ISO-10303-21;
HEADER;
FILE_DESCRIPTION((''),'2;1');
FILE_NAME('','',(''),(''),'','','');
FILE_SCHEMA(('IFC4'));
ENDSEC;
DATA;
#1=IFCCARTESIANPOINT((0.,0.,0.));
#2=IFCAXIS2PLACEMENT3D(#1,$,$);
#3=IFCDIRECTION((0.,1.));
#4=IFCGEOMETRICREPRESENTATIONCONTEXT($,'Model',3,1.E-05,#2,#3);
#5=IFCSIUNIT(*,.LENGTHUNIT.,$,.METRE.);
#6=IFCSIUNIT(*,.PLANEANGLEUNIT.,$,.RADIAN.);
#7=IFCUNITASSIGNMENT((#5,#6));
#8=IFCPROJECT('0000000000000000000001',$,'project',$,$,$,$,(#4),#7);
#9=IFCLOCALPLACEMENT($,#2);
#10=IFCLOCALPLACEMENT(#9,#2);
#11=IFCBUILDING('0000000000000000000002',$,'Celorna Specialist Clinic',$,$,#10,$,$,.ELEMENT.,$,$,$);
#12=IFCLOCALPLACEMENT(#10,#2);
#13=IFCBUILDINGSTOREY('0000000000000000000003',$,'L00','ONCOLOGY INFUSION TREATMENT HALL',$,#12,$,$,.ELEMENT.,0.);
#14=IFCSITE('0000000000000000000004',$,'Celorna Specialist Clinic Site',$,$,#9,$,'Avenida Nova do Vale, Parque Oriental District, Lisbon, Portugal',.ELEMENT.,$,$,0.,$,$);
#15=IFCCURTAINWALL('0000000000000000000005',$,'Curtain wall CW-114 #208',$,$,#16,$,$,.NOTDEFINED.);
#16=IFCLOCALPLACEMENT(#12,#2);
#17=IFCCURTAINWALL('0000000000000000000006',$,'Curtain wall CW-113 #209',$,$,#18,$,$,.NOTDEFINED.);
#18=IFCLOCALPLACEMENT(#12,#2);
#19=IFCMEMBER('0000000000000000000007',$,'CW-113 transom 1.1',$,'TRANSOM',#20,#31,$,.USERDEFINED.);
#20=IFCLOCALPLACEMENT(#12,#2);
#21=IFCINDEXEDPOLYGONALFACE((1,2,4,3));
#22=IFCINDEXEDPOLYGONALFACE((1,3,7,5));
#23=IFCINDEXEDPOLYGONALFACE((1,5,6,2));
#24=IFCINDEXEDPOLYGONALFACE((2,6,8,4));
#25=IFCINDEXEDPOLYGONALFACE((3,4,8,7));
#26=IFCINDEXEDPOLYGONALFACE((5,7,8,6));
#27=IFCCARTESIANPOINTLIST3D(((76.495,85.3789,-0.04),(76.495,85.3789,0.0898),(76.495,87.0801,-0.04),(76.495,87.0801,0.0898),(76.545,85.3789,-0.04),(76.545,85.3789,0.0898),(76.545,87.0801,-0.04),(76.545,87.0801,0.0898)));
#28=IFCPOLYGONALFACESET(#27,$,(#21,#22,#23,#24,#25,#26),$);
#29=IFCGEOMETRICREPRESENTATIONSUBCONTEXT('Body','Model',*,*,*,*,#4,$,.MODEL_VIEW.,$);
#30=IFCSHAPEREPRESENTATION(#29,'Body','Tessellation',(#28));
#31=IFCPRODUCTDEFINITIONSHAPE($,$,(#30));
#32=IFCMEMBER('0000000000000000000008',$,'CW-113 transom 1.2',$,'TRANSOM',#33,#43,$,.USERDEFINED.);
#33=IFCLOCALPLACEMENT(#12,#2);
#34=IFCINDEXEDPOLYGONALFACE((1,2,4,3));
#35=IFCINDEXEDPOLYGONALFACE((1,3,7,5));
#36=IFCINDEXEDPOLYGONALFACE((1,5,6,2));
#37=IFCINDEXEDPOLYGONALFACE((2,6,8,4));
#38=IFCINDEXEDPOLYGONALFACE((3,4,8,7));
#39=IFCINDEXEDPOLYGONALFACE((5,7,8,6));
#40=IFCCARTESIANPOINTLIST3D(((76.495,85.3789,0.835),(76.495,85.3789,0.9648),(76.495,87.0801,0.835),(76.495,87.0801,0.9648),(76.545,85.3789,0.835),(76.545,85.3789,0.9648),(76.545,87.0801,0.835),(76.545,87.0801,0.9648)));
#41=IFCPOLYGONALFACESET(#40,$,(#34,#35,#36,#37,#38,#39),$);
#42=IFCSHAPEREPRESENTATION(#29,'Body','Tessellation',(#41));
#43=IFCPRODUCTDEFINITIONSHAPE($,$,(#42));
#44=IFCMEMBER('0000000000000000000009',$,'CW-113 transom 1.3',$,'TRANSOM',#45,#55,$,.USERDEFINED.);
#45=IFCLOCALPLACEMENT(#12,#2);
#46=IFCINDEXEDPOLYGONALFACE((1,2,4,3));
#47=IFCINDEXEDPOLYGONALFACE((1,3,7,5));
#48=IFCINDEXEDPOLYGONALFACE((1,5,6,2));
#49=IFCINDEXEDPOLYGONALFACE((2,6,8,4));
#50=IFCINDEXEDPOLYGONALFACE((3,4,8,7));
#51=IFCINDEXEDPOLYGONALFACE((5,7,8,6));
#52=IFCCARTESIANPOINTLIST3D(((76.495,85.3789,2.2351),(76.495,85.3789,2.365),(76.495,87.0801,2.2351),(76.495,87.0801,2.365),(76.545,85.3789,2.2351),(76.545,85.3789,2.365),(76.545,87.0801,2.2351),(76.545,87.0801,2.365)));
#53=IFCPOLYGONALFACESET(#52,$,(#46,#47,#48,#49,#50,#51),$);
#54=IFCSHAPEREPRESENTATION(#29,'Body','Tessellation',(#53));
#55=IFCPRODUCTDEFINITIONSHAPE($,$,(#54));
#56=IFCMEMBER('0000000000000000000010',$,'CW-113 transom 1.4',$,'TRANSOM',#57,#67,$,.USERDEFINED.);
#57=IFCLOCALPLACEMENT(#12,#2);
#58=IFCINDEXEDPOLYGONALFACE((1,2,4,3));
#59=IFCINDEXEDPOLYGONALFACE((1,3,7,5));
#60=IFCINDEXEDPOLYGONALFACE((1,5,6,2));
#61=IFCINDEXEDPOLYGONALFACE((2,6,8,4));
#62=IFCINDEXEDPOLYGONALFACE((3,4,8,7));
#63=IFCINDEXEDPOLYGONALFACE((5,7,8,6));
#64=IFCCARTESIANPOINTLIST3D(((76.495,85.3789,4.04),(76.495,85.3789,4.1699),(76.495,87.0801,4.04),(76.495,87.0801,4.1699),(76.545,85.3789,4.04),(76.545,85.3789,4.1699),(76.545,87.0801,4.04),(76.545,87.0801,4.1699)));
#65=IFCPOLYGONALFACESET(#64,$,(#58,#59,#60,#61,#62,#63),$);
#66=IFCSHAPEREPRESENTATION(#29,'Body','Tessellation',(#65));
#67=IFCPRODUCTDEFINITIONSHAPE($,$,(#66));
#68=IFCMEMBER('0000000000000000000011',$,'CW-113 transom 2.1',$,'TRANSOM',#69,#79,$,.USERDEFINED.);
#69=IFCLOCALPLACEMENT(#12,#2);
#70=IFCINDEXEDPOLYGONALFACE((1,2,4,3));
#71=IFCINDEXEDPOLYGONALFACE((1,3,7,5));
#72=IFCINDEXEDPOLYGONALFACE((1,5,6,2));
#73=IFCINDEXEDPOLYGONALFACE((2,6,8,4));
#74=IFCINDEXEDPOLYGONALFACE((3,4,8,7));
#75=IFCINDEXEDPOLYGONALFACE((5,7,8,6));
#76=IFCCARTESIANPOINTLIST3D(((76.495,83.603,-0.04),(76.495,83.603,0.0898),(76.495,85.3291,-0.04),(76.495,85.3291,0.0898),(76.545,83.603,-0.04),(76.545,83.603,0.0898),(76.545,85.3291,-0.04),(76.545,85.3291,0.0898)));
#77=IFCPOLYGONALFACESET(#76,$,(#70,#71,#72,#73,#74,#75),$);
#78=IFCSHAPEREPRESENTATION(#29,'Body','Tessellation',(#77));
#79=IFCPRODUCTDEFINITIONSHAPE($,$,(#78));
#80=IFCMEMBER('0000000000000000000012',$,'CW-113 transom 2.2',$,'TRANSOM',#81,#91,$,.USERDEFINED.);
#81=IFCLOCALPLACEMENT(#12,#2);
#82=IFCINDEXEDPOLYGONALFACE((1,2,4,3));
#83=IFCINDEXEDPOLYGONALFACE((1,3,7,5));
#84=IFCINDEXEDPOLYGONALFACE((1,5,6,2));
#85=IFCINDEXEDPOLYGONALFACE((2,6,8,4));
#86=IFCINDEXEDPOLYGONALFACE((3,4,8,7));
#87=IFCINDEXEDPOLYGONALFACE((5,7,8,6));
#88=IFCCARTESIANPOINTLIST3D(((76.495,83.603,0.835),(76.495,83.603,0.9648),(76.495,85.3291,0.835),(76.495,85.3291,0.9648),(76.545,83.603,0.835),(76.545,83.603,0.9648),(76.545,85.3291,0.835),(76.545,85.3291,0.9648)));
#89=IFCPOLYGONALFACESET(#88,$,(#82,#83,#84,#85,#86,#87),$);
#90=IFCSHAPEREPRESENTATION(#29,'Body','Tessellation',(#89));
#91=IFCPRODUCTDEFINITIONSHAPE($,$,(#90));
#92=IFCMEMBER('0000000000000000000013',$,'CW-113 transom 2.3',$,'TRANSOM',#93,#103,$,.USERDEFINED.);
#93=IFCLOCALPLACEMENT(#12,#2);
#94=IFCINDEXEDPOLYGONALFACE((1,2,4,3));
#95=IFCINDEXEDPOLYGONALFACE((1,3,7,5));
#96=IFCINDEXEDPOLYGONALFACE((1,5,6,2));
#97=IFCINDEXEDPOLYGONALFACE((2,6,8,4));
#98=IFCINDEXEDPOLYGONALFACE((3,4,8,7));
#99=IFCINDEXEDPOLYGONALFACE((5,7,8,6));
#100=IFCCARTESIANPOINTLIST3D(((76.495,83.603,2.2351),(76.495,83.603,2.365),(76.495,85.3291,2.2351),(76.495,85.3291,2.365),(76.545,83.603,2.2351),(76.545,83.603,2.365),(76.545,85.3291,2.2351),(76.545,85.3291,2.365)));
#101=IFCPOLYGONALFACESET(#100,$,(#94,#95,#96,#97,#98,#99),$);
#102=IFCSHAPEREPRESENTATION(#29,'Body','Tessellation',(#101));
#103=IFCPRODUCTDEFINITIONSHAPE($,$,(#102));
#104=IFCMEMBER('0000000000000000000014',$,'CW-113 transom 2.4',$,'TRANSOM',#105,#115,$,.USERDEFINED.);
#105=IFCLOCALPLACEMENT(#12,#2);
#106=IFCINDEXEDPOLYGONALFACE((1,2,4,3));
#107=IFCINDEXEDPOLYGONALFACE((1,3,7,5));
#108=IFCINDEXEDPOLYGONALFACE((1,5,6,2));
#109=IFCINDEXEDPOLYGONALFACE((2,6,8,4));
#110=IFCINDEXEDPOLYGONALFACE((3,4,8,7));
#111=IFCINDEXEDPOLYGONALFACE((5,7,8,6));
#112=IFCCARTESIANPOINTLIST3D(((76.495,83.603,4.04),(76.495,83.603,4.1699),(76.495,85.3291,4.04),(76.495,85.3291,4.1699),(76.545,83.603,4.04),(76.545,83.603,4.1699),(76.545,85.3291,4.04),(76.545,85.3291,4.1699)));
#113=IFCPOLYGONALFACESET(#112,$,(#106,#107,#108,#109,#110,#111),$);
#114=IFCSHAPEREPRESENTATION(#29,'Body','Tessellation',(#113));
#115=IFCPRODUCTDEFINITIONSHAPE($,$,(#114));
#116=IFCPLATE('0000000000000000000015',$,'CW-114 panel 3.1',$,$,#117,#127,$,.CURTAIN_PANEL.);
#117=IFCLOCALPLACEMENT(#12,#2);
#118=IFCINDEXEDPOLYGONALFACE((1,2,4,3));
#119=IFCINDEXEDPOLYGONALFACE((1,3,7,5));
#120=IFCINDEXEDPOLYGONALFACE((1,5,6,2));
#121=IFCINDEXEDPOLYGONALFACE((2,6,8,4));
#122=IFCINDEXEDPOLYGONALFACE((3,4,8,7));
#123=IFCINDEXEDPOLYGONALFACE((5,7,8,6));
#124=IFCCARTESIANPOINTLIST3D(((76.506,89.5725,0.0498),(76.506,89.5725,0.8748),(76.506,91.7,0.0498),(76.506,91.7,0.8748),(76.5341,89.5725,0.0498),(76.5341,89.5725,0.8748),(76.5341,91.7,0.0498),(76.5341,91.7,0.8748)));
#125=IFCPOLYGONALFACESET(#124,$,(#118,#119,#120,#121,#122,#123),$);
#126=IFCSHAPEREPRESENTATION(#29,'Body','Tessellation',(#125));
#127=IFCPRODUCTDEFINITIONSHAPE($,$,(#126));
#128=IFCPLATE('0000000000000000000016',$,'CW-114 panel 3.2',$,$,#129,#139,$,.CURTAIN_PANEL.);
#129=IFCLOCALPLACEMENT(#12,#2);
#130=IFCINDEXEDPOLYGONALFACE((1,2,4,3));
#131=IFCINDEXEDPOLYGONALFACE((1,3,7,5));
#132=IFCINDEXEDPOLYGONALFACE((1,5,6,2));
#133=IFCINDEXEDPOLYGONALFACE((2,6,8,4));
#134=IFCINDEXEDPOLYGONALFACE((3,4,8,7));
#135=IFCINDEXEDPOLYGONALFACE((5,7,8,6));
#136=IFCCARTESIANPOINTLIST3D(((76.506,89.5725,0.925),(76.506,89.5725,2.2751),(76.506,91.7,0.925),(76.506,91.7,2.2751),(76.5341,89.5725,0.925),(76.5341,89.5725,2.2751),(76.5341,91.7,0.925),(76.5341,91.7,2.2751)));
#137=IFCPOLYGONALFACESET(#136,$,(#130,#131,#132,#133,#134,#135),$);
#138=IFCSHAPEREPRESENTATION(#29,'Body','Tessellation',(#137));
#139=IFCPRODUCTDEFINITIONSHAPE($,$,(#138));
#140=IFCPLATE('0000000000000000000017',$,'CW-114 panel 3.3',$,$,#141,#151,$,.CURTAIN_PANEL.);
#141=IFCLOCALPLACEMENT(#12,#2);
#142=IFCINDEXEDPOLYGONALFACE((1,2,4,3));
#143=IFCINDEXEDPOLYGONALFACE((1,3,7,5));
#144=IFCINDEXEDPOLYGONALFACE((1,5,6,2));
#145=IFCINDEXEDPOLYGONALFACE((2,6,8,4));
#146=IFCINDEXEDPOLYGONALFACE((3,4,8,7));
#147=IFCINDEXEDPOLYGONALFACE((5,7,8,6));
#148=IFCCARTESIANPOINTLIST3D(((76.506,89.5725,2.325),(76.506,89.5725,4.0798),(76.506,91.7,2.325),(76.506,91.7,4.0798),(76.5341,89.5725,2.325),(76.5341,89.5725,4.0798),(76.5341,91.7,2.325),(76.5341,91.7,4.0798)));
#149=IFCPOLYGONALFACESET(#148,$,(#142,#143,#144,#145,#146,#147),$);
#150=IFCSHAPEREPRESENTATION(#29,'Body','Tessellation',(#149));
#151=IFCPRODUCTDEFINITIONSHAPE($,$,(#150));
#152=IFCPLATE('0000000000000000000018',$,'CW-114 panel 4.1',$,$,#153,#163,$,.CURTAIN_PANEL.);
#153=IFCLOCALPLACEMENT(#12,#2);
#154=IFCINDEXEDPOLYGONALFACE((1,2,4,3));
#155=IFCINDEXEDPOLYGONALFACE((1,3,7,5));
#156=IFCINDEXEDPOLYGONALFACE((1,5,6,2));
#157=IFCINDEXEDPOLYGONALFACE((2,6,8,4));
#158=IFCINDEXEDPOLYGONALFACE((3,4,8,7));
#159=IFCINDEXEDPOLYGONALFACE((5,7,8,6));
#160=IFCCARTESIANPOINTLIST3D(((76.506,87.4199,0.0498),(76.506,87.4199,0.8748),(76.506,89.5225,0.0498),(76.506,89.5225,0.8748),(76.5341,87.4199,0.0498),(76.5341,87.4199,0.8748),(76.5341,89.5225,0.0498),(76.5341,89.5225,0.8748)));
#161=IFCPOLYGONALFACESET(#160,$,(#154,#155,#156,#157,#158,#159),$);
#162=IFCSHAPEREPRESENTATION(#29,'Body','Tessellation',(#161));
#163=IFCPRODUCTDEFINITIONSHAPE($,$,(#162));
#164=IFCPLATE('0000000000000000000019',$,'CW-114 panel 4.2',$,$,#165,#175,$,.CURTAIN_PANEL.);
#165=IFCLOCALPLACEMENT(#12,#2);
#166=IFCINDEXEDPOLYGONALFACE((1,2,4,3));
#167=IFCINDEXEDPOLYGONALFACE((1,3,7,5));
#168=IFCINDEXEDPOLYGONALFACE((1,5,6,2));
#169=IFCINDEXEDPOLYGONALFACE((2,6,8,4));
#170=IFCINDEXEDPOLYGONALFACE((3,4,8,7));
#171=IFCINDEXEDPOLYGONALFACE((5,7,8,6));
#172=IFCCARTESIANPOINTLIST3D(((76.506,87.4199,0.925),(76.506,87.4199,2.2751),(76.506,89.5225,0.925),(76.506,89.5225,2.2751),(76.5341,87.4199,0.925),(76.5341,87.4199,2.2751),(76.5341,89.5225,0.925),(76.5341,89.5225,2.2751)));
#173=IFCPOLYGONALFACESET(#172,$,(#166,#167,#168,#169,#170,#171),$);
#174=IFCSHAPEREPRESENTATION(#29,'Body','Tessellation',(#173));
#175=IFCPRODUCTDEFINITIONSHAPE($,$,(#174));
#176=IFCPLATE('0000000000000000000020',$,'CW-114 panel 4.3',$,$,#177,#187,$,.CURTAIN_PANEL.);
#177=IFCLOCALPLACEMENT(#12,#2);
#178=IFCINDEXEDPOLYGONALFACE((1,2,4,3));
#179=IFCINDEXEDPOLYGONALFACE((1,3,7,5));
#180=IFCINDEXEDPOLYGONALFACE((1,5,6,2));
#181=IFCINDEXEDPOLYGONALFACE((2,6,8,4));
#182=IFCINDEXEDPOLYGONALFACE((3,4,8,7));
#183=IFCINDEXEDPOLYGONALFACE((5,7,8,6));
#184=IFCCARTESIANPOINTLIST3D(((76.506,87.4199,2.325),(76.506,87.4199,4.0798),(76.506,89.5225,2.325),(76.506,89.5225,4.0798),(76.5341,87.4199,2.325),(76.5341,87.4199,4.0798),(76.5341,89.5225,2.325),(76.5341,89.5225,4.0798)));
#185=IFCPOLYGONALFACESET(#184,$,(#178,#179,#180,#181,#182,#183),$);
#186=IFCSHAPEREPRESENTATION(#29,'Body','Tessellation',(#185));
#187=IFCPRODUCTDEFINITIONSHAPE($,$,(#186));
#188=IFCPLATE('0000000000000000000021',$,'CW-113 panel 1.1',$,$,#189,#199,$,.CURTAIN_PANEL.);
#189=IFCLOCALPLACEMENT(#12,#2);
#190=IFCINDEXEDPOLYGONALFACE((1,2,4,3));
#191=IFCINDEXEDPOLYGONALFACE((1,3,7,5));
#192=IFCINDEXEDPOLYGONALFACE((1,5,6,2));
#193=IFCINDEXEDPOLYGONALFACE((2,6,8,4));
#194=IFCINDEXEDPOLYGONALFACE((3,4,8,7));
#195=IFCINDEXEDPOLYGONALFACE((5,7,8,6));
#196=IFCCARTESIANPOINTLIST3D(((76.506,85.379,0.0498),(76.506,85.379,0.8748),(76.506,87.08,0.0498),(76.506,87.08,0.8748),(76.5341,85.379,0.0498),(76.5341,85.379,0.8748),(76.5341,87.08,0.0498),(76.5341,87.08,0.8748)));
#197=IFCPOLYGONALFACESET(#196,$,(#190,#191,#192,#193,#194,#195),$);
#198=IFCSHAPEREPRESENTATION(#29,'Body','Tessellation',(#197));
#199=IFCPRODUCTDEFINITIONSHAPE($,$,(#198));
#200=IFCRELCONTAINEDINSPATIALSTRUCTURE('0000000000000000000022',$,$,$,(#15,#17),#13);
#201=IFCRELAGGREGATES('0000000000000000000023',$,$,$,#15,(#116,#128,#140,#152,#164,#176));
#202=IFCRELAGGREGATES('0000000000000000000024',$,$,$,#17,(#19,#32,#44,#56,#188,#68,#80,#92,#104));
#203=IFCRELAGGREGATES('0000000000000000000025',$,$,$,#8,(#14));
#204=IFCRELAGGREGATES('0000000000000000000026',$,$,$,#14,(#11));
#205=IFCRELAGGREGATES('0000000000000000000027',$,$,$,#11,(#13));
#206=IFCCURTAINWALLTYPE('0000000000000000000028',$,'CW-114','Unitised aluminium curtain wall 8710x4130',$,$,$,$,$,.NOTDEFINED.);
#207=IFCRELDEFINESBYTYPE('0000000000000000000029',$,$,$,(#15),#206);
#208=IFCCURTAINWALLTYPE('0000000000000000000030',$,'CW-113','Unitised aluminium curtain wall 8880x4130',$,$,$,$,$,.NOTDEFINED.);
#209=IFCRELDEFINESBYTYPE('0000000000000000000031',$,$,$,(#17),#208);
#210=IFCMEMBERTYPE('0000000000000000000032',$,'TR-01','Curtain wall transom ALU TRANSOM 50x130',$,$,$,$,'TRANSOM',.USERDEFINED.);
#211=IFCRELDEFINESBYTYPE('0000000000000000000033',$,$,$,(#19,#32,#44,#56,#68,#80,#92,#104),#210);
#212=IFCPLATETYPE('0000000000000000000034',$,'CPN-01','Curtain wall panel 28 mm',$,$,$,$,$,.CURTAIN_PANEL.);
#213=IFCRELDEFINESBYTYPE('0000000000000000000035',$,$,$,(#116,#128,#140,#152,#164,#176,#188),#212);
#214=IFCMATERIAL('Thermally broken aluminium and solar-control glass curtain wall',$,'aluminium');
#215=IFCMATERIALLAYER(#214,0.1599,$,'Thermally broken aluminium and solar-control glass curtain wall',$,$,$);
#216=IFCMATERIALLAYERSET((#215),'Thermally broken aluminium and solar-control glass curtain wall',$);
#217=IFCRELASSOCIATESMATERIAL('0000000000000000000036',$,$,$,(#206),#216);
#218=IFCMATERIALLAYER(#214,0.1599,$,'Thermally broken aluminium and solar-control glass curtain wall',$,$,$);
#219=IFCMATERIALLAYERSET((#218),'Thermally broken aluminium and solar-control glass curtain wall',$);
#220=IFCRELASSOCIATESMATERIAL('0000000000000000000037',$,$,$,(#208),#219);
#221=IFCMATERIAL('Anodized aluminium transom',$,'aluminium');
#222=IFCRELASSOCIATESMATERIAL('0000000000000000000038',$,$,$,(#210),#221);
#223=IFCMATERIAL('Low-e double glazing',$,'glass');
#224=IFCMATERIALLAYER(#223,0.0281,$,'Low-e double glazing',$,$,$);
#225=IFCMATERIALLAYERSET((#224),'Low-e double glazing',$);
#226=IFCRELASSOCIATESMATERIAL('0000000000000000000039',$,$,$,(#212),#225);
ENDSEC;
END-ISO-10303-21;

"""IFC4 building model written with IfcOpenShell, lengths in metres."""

from ifc_helpers import new_model, si_unit, direction, frame, origin, origin_2d, place, context, subcontext, project, spatial, rectangle, extrude, material, layer, layer_set, material_profile, profile_set, type_object, element, aggregate, save


model = new_model("IFC4")

# Units and contexts
model_context = context("Model", 3, precision=1e-05, world=origin(), true_north=direction((0.0, 1.0)))
body_context = subcontext(model_context, "Body", "Model", "MODEL_VIEW")
ifc_project = project(units=[si_unit("LENGTHUNIT", "METRE"), si_unit("PLANEANGLEUNIT", "RADIAN")], contexts=[model_context])

# Site, building, storey
site_placement = place(None, origin())
site = spatial("IfcSite", under=ifc_project, at=site_placement, Name="Celorna Specialist Clinic Site", LongName="Avenida Nova do Vale, Parque Oriental District, Lisbon, Portugal", CompositionType="ELEMENT", RefElevation=0.0)
building_placement = place(site_placement, origin())
building = spatial("IfcBuilding", under=site, at=building_placement, Name="Celorna Specialist Clinic", CompositionType="ELEMENT")
storey_placement = place(building_placement, origin())
storey = spatial("IfcBuildingStorey", under=building, at=storey_placement, Name="L00", Description="ONCOLOGY INFUSION TREATMENT HALL", CompositionType="ELEMENT", Elevation=0.0)

# Curtain walls
ifc_material_1 = material(Name="Thermally broken aluminium and solar-control glass curtain wall", Category="aluminium")
ifc_layer_1 = layer(ifc_material_1, 0.1599, Name="Thermally broken aluminium and solar-control glass curtain wall")
ifc_layer_set_1 = layer_set([ifc_layer_1], Name="Thermally broken aluminium and solar-control glass curtain wall")
curtain_wall_type_1 = type_object("IfcCurtainWallType", Name="CW-114", Description="Unitised aluminium curtain wall 8710x4130", PredefinedType="NOTDEFINED", material=ifc_layer_set_1)
curtain_wall_1_placement = place(storey_placement, origin())
curtain_wall_1 = element("IfcCurtainWall", 1, at=curtain_wall_1_placement, inside=storey, type_object=curtain_wall_type_1, Name="Curtain wall CW-114 #208", PredefinedType="NOTDEFINED")
ifc_layer_2 = layer(ifc_material_1, 0.1599, Name="Thermally broken aluminium and solar-control glass curtain wall")
ifc_layer_set_2 = layer_set([ifc_layer_2], Name="Thermally broken aluminium and solar-control glass curtain wall")
curtain_wall_type_2 = type_object("IfcCurtainWallType", Name="CW-113", Description="Unitised aluminium curtain wall 8880x4130", PredefinedType="NOTDEFINED", material=ifc_layer_set_2)
curtain_wall_2_placement = place(storey_placement, origin())
curtain_wall_2 = element("IfcCurtainWall", 2, at=curtain_wall_2_placement, inside=storey, type_object=curtain_wall_type_2, Name="Curtain wall CW-113 #209", PredefinedType="NOTDEFINED")

# Members
ifc_material_2 = material(Name="Anodized aluminium transom", Category="aluminium")
ifc_material_profile_1 = material_profile(ifc_material_2, rectangle(XDim=0.05, YDim=0.1299, at=origin_2d()), Name="ALU TRANSOM 50x130")
ifc_profile_set_1 = profile_set([ifc_material_profile_1], Name="Anodized aluminium transom")
member_type_1 = type_object("IfcMemberType", Name="TR-01", Description="Curtain wall transom ALU TRANSOM 50x130", ElementType="TRANSOM", PredefinedType="USERDEFINED", material=ifc_profile_set_1)
member_1_placement = place(storey_placement, frame((76.52, 87.0801, 0.0249), z_axis=(0.0, -1.0, 0.0), x_axis=(1.0, 0.0, 0.0)))
member_1 = element("IfcMember", 3, at=member_1_placement, type_object=member_type_1, Name="CW-113 transom 1.1", ObjectType="TRANSOM", PredefinedType="USERDEFINED", context=body_context, shape_type="SweptSolid", body=[
    extrude(rectangle(XDim=0.05, YDim=0.1299, at=origin_2d()), origin(), (0.0, 0.0, 1.0), 1.7012),
])
member_2_placement = place(storey_placement, frame((76.52, 87.0801, 0.8999), z_axis=(0.0, -1.0, 0.0), x_axis=(1.0, 0.0, 0.0)))
member_2 = element("IfcMember", 4, at=member_2_placement, type_object=member_type_1, Name="CW-113 transom 1.2", ObjectType="TRANSOM", PredefinedType="USERDEFINED", context=body_context, shape_type="SweptSolid", body=[
    extrude(rectangle(XDim=0.05, YDim=0.1299, at=origin_2d()), origin(), (0.0, 0.0, 1.0), 1.7012),
])
member_3_placement = place(storey_placement, frame((76.52, 87.0801, 2.3), z_axis=(0.0, -1.0, 0.0), x_axis=(1.0, 0.0, 0.0)))
member_3 = element("IfcMember", 5, at=member_3_placement, type_object=member_type_1, Name="CW-113 transom 1.3", ObjectType="TRANSOM", PredefinedType="USERDEFINED", context=body_context, shape_type="SweptSolid", body=[
    extrude(rectangle(XDim=0.05, YDim=0.1299, at=origin_2d()), origin(), (0.0, 0.0, 1.0), 1.7012),
])
member_4_placement = place(storey_placement, frame((76.52, 87.0801, 4.105), z_axis=(0.0, -1.0, 0.0), x_axis=(1.0, 0.0, 0.0)))
member_4 = element("IfcMember", 6, at=member_4_placement, type_object=member_type_1, Name="CW-113 transom 1.4", ObjectType="TRANSOM", PredefinedType="USERDEFINED", context=body_context, shape_type="SweptSolid", body=[
    extrude(rectangle(XDim=0.05, YDim=0.1299, at=origin_2d()), origin(), (0.0, 0.0, 1.0), 1.7012),
])
member_5_placement = place(storey_placement, frame((76.52, 85.3291, 0.0249), z_axis=(0.0, -1.0, 0.0), x_axis=(1.0, 0.0, 0.0)))
member_5 = element("IfcMember", 7, at=member_5_placement, type_object=member_type_1, Name="CW-113 transom 2.1", ObjectType="TRANSOM", PredefinedType="USERDEFINED", context=body_context, shape_type="SweptSolid", body=[
    extrude(rectangle(XDim=0.05, YDim=0.1299, at=origin_2d()), origin(), (0.0, 0.0, 1.0), 1.7261),
])
member_6_placement = place(storey_placement, frame((76.52, 85.3291, 0.8999), z_axis=(0.0, -1.0, 0.0), x_axis=(1.0, 0.0, 0.0)))
member_6 = element("IfcMember", 8, at=member_6_placement, type_object=member_type_1, Name="CW-113 transom 2.2", ObjectType="TRANSOM", PredefinedType="USERDEFINED", context=body_context, shape_type="SweptSolid", body=[
    extrude(rectangle(XDim=0.05, YDim=0.1299, at=origin_2d()), origin(), (0.0, 0.0, 1.0), 1.7261),
])
member_7_placement = place(storey_placement, frame((76.52, 85.3291, 2.3), z_axis=(0.0, -1.0, 0.0), x_axis=(1.0, 0.0, 0.0)))
member_7 = element("IfcMember", 9, at=member_7_placement, type_object=member_type_1, Name="CW-113 transom 2.3", ObjectType="TRANSOM", PredefinedType="USERDEFINED", context=body_context, shape_type="SweptSolid", body=[
    extrude(rectangle(XDim=0.05, YDim=0.1299, at=origin_2d()), origin(), (0.0, 0.0, 1.0), 1.7261),
])
member_8_placement = place(storey_placement, frame((76.52, 85.3291, 4.105), z_axis=(0.0, -1.0, 0.0), x_axis=(1.0, 0.0, 0.0)))
member_8 = element("IfcMember", 10, at=member_8_placement, type_object=member_type_1, Name="CW-113 transom 2.4", ObjectType="TRANSOM", PredefinedType="USERDEFINED", context=body_context, shape_type="SweptSolid", body=[
    extrude(rectangle(XDim=0.05, YDim=0.1299, at=origin_2d()), origin(), (0.0, 0.0, 1.0), 1.7261),
])

# Plates
ifc_material_3 = material(Name="Low-e double glazing", Category="glass")
ifc_layer_3 = layer(ifc_material_3, 0.0281, Name="Low-e double glazing")
ifc_layer_set_3 = layer_set([ifc_layer_3], Name="Low-e double glazing")
plate_type_1 = type_object("IfcPlateType", Name="CPN-01", Description="Curtain wall panel 28 mm", PredefinedType="CURTAIN_PANEL", material=ifc_layer_set_3)
plate_1_placement = place(storey_placement, frame((76.52, 90.6362, 0.0498), z_axis=(0.0, 0.0, 1.0), x_axis=(0.0, -1.0, 0.0)))
plate_1 = element("IfcPlate", 11, at=plate_1_placement, type_object=plate_type_1, Name="CW-114 panel 3.1", PredefinedType="CURTAIN_PANEL", context=body_context, shape_type="SweptSolid", body=[
    extrude(rectangle(XDim=2.1274, YDim=0.0281, at=origin_2d()), origin(), (0.0, 0.0, 1.0), 0.825),
])
plate_2_placement = place(storey_placement, frame((76.52, 90.6362, 0.925), z_axis=(0.0, 0.0, 1.0), x_axis=(0.0, -1.0, 0.0)))
plate_2 = element("IfcPlate", 12, at=plate_2_placement, type_object=plate_type_1, Name="CW-114 panel 3.2", PredefinedType="CURTAIN_PANEL", context=body_context, shape_type="SweptSolid", body=[
    extrude(rectangle(XDim=2.1274, YDim=0.0281, at=origin_2d()), origin(), (0.0, 0.0, 1.0), 1.3501),
])
plate_3_placement = place(storey_placement, frame((76.52, 90.6362, 2.325), z_axis=(0.0, 0.0, 1.0), x_axis=(0.0, -1.0, 0.0)))
plate_3 = element("IfcPlate", 13, at=plate_3_placement, type_object=plate_type_1, Name="CW-114 panel 3.3", PredefinedType="CURTAIN_PANEL", context=body_context, shape_type="SweptSolid", body=[
    extrude(rectangle(XDim=2.1274, YDim=0.0281, at=origin_2d()), origin(), (0.0, 0.0, 1.0), 1.7549),
])
plate_4_placement = place(storey_placement, frame((76.52, 88.4712, 0.0498), z_axis=(0.0, 0.0, 1.0), x_axis=(0.0, -1.0, 0.0)))
plate_4 = element("IfcPlate", 14, at=plate_4_placement, type_object=plate_type_1, Name="CW-114 panel 4.1", PredefinedType="CURTAIN_PANEL", context=body_context, shape_type="SweptSolid", body=[
    extrude(rectangle(XDim=2.1025, YDim=0.0281, at=origin_2d()), origin(), (0.0, 0.0, 1.0), 0.825),
])
plate_5_placement = place(storey_placement, frame((76.52, 88.4712, 0.925), z_axis=(0.0, 0.0, 1.0), x_axis=(0.0, -1.0, 0.0)))
plate_5 = element("IfcPlate", 15, at=plate_5_placement, type_object=plate_type_1, Name="CW-114 panel 4.2", PredefinedType="CURTAIN_PANEL", context=body_context, shape_type="SweptSolid", body=[
    extrude(rectangle(XDim=2.1025, YDim=0.0281, at=origin_2d()), origin(), (0.0, 0.0, 1.0), 1.3501),
])
plate_6_placement = place(storey_placement, frame((76.52, 88.4712, 2.325), z_axis=(0.0, 0.0, 1.0), x_axis=(0.0, -1.0, 0.0)))
plate_6 = element("IfcPlate", 16, at=plate_6_placement, type_object=plate_type_1, Name="CW-114 panel 4.3", PredefinedType="CURTAIN_PANEL", context=body_context, shape_type="SweptSolid", body=[
    extrude(rectangle(XDim=2.1025, YDim=0.0281, at=origin_2d()), origin(), (0.0, 0.0, 1.0), 1.7549),
])
aggregate(curtain_wall_1, [plate_1, plate_2, plate_3, plate_4, plate_5, plate_6])
plate_7_placement = place(storey_placement, frame((76.52, 86.2295, 0.0498), z_axis=(0.0, 0.0, 1.0), x_axis=(0.0, -1.0, 0.0)))
plate_7 = element("IfcPlate", 17, at=plate_7_placement, type_object=plate_type_1, Name="CW-113 panel 1.1", PredefinedType="CURTAIN_PANEL", context=body_context, shape_type="SweptSolid", body=[
    extrude(rectangle(XDim=1.7009, YDim=0.0281, at=origin_2d()), origin(), (0.0, 0.0, 1.0), 0.825),
])
aggregate(curtain_wall_2, [member_1, member_2, member_3, member_4, plate_7, member_5, member_6, member_7, member_8])

save(model, "model.ifc")
